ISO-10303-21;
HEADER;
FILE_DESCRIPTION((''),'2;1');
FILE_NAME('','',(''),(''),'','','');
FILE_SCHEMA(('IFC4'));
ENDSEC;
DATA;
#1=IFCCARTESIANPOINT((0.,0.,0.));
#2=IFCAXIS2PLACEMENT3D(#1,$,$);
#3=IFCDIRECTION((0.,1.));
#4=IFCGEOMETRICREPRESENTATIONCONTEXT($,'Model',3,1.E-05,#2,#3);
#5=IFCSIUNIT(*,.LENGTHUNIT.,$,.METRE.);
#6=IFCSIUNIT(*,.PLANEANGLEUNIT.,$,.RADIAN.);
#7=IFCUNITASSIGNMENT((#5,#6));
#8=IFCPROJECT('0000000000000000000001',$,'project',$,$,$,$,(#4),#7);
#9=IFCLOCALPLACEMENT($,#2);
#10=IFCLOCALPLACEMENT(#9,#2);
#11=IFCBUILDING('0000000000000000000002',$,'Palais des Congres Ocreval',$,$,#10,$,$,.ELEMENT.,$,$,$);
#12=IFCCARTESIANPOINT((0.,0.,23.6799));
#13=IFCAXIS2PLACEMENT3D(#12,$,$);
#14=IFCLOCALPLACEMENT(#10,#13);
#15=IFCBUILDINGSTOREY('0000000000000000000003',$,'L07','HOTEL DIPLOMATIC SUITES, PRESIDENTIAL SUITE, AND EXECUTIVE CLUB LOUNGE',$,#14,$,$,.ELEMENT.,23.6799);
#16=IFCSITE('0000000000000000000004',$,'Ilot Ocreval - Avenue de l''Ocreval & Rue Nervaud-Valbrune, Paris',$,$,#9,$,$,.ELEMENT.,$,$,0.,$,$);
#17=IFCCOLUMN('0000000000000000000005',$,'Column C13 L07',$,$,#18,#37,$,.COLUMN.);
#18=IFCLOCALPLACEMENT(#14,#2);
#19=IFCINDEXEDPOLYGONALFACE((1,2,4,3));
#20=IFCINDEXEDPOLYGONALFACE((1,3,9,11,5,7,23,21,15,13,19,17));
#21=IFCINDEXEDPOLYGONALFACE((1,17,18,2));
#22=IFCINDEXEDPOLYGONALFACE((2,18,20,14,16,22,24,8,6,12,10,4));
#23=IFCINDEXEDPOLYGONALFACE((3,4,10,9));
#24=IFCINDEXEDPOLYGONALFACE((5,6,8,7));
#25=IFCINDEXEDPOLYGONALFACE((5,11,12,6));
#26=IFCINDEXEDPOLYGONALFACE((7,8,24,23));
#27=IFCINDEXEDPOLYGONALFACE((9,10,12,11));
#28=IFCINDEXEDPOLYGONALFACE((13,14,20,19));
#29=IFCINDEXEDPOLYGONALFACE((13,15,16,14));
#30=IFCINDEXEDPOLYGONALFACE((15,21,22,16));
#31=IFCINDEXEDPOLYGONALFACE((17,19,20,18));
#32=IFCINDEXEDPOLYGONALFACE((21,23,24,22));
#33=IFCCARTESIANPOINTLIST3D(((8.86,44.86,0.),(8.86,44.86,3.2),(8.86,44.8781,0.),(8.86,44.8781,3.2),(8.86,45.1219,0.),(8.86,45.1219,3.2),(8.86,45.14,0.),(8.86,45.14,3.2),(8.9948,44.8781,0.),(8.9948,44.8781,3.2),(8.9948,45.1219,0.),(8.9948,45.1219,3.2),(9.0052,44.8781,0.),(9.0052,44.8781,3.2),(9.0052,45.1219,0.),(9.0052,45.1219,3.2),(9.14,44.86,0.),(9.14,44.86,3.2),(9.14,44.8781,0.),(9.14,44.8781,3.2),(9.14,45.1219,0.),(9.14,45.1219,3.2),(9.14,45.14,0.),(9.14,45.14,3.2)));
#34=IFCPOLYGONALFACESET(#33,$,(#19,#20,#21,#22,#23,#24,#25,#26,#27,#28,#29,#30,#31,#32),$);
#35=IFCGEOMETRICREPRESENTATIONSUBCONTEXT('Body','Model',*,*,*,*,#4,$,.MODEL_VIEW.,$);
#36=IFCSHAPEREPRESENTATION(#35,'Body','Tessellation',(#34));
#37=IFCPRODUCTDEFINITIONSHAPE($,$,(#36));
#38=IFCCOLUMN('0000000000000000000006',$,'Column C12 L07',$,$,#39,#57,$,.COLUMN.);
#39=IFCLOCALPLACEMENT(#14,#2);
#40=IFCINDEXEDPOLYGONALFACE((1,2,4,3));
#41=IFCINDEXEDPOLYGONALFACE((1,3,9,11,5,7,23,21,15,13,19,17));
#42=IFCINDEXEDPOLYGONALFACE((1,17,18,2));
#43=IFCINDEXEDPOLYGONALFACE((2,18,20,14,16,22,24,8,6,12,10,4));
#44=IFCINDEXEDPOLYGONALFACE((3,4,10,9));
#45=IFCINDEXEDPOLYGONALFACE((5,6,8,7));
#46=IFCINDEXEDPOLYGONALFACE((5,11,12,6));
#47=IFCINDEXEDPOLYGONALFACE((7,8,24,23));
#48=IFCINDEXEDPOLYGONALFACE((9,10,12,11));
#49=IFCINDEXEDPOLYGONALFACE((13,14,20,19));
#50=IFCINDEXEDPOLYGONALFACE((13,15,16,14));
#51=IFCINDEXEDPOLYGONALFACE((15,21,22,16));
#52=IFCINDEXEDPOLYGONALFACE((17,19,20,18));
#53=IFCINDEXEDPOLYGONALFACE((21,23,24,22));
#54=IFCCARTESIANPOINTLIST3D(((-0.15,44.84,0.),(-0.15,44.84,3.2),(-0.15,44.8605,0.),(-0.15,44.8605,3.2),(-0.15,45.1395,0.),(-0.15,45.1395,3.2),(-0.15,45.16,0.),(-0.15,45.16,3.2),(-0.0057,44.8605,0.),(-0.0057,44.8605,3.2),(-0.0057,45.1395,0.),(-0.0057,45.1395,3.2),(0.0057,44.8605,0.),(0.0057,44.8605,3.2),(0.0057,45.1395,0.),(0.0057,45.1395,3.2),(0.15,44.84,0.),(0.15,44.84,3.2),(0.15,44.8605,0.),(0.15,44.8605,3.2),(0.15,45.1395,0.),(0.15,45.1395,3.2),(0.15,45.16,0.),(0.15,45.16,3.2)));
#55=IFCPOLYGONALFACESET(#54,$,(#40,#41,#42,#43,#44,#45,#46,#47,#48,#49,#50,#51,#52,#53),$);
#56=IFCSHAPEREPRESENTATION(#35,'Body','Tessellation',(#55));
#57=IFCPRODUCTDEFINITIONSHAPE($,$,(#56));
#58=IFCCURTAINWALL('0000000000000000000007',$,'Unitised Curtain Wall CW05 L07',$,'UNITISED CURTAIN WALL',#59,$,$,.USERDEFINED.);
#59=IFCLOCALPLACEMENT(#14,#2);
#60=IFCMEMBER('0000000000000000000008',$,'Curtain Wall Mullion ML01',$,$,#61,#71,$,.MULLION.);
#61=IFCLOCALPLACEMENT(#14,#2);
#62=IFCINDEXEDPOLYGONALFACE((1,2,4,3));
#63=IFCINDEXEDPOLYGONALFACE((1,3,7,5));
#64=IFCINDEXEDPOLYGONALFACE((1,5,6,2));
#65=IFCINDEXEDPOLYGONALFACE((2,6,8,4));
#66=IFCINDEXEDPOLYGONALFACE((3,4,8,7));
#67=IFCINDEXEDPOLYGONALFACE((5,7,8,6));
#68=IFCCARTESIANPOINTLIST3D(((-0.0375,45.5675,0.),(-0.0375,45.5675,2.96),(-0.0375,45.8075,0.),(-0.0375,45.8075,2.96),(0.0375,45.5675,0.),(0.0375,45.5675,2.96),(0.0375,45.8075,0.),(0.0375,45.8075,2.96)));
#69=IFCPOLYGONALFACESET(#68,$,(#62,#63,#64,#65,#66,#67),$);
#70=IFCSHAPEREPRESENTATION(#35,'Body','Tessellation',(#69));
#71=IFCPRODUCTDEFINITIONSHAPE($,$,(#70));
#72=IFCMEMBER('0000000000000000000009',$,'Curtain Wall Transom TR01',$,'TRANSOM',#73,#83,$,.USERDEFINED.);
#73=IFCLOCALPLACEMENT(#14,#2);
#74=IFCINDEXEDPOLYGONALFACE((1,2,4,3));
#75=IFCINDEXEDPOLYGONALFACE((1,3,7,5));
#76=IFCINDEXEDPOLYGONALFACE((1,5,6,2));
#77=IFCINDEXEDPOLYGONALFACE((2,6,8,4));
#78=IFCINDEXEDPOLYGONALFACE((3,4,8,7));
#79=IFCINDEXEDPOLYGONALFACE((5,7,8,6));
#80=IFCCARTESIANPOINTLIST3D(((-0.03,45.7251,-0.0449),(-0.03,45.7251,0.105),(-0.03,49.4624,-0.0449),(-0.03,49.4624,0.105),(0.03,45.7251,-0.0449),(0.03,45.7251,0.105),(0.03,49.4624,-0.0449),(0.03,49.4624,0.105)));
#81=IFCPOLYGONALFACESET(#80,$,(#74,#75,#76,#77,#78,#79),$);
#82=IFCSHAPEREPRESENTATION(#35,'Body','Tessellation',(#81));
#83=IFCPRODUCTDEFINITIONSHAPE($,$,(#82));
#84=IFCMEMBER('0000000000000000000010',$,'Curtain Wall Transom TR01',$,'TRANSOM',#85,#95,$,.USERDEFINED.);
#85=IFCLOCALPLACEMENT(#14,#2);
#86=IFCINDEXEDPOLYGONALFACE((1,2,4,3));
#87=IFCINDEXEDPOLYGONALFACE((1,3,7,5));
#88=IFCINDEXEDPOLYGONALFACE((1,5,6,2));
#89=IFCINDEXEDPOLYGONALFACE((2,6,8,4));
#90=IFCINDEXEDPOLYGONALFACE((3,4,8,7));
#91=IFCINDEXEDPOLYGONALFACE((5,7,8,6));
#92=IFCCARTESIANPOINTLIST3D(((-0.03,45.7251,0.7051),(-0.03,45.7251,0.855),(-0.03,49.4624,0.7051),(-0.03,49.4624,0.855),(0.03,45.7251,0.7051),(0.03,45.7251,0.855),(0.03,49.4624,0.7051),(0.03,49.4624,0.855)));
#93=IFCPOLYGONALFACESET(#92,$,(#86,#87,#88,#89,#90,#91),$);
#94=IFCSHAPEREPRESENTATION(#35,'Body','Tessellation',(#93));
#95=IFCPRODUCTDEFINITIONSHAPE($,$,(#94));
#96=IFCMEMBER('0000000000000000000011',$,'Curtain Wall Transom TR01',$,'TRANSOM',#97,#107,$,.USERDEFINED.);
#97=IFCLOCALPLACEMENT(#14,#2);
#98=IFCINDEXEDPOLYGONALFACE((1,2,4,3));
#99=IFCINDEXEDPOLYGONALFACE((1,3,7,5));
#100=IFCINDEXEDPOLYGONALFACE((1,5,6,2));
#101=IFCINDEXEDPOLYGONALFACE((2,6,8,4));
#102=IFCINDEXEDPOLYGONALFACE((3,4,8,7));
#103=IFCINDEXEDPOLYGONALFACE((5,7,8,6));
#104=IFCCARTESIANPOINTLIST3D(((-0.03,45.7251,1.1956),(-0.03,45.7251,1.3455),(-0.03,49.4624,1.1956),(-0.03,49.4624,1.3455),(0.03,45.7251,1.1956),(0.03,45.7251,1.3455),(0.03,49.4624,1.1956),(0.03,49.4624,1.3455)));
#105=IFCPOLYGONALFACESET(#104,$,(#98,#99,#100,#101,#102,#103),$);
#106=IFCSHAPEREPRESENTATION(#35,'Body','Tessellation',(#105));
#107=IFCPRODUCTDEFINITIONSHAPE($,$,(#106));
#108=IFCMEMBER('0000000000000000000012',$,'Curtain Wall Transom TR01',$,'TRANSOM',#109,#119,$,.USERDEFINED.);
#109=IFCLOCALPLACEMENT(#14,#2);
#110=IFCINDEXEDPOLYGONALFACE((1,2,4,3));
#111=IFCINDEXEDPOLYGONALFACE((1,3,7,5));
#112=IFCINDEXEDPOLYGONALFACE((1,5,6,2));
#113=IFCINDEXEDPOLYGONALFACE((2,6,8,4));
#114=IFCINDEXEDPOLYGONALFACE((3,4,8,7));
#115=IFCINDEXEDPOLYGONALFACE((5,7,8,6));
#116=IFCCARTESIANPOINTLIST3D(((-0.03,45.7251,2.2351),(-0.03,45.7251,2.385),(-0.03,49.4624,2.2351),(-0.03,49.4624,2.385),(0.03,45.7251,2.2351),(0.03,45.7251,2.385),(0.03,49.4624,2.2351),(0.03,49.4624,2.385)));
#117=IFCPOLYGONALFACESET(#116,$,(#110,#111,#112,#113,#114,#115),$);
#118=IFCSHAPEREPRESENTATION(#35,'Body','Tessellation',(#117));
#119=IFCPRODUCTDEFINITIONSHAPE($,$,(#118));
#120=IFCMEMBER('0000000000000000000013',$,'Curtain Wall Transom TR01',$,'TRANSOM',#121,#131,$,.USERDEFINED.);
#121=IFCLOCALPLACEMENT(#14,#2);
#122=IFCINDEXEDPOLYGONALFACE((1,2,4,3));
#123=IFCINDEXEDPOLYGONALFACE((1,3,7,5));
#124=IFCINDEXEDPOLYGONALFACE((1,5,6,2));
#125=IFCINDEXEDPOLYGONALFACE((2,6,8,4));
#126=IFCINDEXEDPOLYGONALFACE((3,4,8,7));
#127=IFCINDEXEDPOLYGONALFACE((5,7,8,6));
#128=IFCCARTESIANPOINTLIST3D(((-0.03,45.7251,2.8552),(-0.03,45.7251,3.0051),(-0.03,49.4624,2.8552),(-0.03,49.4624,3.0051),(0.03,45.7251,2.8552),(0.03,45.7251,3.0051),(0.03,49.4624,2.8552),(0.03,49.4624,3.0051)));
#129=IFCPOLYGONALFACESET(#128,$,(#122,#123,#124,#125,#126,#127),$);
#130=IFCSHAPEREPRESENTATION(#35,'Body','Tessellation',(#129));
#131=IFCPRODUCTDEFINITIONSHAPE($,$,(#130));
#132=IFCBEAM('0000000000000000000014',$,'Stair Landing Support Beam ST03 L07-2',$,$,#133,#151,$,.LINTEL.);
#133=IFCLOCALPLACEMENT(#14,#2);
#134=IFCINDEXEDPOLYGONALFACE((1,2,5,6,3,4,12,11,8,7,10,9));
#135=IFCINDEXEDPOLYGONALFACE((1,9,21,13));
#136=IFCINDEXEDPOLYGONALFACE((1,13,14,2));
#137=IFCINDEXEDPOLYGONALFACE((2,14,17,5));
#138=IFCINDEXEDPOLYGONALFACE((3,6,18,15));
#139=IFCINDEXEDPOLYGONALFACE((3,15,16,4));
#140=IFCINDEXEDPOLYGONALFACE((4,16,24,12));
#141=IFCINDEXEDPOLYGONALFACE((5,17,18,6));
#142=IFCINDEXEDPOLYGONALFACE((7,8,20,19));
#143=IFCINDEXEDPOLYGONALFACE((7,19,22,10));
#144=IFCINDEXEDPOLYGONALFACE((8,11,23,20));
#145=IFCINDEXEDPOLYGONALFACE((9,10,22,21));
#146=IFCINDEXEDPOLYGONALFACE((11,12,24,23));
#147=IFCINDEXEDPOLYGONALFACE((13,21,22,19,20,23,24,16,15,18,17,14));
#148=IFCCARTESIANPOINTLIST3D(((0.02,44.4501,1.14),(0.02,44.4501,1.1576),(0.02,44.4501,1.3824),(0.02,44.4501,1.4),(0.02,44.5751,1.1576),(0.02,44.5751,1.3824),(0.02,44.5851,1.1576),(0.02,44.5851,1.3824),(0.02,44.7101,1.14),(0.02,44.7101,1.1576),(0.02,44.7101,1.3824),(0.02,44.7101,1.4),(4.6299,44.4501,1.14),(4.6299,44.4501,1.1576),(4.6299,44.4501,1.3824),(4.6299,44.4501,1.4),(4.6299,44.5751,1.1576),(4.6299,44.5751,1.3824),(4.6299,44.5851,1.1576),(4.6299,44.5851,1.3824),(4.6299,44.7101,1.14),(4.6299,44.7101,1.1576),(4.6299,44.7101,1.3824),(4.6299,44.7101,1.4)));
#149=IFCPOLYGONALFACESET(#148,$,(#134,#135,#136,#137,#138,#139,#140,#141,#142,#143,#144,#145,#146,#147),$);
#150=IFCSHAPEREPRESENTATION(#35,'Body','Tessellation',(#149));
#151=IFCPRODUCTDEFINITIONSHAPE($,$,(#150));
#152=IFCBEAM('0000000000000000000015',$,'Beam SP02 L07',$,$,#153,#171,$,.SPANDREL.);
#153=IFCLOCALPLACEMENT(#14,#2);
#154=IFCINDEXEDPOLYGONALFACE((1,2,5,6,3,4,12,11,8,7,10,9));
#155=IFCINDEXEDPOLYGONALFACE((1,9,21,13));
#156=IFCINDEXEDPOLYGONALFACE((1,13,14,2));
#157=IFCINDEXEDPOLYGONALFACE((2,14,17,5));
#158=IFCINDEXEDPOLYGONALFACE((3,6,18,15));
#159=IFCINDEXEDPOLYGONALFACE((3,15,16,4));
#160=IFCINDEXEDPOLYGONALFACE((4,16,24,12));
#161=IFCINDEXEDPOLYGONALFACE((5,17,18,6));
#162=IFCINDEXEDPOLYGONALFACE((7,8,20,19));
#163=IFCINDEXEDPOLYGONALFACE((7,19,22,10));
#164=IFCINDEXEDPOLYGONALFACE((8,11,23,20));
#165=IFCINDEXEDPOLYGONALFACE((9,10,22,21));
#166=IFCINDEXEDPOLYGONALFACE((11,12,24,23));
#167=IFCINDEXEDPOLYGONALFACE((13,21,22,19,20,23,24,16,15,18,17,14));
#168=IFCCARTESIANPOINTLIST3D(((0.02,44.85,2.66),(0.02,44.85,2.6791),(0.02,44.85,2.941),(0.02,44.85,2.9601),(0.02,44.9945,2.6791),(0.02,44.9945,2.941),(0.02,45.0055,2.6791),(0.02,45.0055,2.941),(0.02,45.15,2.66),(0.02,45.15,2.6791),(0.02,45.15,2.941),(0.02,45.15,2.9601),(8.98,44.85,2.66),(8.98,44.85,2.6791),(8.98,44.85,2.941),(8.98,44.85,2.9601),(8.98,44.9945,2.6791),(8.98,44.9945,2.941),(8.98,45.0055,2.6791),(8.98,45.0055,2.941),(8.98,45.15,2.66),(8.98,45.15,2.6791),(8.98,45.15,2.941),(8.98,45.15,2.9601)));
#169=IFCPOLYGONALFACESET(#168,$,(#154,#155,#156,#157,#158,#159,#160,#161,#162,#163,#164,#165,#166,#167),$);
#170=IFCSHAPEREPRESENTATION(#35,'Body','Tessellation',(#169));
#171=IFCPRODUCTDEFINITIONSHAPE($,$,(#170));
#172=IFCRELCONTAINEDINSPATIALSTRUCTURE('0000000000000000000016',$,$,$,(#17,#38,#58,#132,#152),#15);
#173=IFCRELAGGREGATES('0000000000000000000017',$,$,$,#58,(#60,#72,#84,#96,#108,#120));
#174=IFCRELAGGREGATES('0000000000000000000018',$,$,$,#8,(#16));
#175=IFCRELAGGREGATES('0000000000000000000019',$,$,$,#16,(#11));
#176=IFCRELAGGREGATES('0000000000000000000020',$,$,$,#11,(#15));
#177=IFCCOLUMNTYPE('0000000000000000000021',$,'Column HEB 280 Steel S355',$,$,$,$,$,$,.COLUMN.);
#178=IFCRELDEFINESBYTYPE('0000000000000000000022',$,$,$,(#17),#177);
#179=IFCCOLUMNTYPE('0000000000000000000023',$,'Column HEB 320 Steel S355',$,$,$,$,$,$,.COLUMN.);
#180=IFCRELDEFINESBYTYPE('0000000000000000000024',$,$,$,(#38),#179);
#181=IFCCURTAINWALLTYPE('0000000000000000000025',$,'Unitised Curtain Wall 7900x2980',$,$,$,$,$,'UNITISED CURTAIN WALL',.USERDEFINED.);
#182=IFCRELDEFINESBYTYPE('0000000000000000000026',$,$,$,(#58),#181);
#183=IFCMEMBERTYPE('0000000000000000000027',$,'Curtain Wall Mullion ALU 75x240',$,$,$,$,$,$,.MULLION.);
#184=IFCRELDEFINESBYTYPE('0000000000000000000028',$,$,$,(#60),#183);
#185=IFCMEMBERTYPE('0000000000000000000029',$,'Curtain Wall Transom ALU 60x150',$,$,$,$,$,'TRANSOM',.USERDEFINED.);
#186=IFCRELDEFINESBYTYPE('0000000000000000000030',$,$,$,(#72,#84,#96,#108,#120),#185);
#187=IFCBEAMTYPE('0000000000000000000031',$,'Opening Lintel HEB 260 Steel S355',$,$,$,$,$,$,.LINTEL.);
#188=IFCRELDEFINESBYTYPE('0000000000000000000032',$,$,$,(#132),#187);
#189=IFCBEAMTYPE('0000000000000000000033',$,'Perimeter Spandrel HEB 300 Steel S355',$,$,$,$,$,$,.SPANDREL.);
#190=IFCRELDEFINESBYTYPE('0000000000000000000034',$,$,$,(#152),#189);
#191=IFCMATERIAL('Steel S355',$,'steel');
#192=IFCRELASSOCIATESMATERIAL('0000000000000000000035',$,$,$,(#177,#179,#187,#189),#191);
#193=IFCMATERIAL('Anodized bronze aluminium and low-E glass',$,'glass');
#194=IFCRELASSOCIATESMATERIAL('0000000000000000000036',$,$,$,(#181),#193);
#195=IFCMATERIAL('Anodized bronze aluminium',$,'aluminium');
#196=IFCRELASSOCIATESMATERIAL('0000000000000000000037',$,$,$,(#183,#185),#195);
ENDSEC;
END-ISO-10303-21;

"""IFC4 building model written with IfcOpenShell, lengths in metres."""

from ifc_helpers import new_model, si_unit, direction, frame, origin, origin_2d, place, context, subcontext, project, spatial, rectangle, i_section, extrude, material, material_profile, profile_set, type_object, element, aggregate, save


model = new_model("IFC4")

# Units and contexts
model_context = context("Model", 3, precision=1e-05, world=origin(), true_north=direction((0.0, 1.0)))
body_context = subcontext(model_context, "Body", "Model", "MODEL_VIEW")
ifc_project = project(units=[si_unit("LENGTHUNIT", "METRE"), si_unit("PLANEANGLEUNIT", "RADIAN")], contexts=[model_context])

# Site, building, storey
site_placement = place(None, origin())
site = spatial("IfcSite", under=ifc_project, at=site_placement, Name="Ilot Ocreval - Avenue de l'Ocreval & Rue Nervaud-Valbrune, Paris", CompositionType="ELEMENT", RefElevation=0.0)
building_placement = place(site_placement, origin())
building = spatial("IfcBuilding", under=site, at=building_placement, Name="Palais des Congres Ocreval", CompositionType="ELEMENT")
storey_placement = place(building_placement, frame((0.0, 0.0, 23.6799)))
storey = spatial("IfcBuildingStorey", under=building, at=storey_placement, Name="L07", Description="HOTEL DIPLOMATIC SUITES, PRESIDENTIAL SUITE, AND EXECUTIVE CLUB LOUNGE", CompositionType="ELEMENT", Elevation=23.6799)

# Columns
ifc_material_1 = material(Name="Steel S355", Category="steel")
ifc_material_profile_1 = material_profile(ifc_material_1, i_section(OverallWidth=0.28, OverallDepth=0.28, WebThickness=0.0105, FlangeThickness=0.0181, at=origin_2d()), Name="HEB 280")
ifc_profile_set_1 = profile_set([ifc_material_profile_1], Name="Steel S355")
column_type_1 = type_object("IfcColumnType", Name="Column HEB 280 Steel S355", PredefinedType="COLUMN", material=ifc_profile_set_1)
column_1_placement = place(storey_placement, frame((9.0, 45.0, 0.0), z_axis=(0.0, 0.0, 1.0), x_axis=(1.0, 0.0, 0.0)))
element("IfcColumn", 1, at=column_1_placement, inside=storey, type_object=column_type_1, Name="Column C13 L07", PredefinedType="COLUMN", context=body_context, shape_type="SweptSolid", body=[
    extrude(i_section(OverallWidth=0.28, OverallDepth=0.28, WebThickness=0.0105, FlangeThickness=0.0181, at=origin_2d()), origin(), (0.0, 0.0, 1.0), 3.2),
])
ifc_material_profile_2 = material_profile(ifc_material_1, i_section(OverallWidth=0.3, OverallDepth=0.3201, WebThickness=0.0115, FlangeThickness=0.0205, at=origin_2d()), Name="HEB 320")
ifc_profile_set_2 = profile_set([ifc_material_profile_2], Name="Steel S355")
column_type_2 = type_object("IfcColumnType", Name="Column HEB 320 Steel S355", PredefinedType="COLUMN", material=ifc_profile_set_2)
column_2_placement = place(storey_placement, frame((0.0, 45.0, 0.0), z_axis=(0.0, 0.0, 1.0), x_axis=(1.0, 0.0, 0.0)))
element("IfcColumn", 2, at=column_2_placement, inside=storey, type_object=column_type_2, Name="Column C12 L07", PredefinedType="COLUMN", context=body_context, shape_type="SweptSolid", body=[
    extrude(i_section(OverallWidth=0.3, OverallDepth=0.3201, WebThickness=0.0115, FlangeThickness=0.0205, at=origin_2d()), origin(), (0.0, 0.0, 1.0), 3.2),
])

# Curtain wall, members
ifc_material_2 = material(Name="Anodized bronze aluminium and low-E glass", Category="glass")
curtain_wall_type = type_object("IfcCurtainWallType", Name="Unitised Curtain Wall 7900x2980", ElementType="UNITISED CURTAIN WALL", PredefinedType="USERDEFINED", material=ifc_material_2)
curtain_wall_placement = place(storey_placement, origin())
curtain_wall = element("IfcCurtainWall", 3, at=curtain_wall_placement, inside=storey, type_object=curtain_wall_type, Name="Unitised Curtain Wall CW05 L07", ObjectType="UNITISED CURTAIN WALL", PredefinedType="USERDEFINED")
ifc_material_3 = material(Name="Anodized bronze aluminium", Category="aluminium")
ifc_material_profile_3 = material_profile(ifc_material_3, rectangle(XDim=0.075, YDim=0.24, at=origin_2d()), Name="ALU 75x240")
ifc_profile_set_3 = profile_set([ifc_material_profile_3], Name="Anodized bronze aluminium")
member_type_1 = type_object("IfcMemberType", Name="Curtain Wall Mullion ALU 75x240", PredefinedType="MULLION", material=ifc_profile_set_3)
member_1_placement = place(storey_placement, frame((0.0, 45.6875, 0.0), z_axis=(0.0, 0.0, 1.0), x_axis=(-1.0, 0.0, 0.0)))
member_1 = element("IfcMember", 4, at=member_1_placement, type_object=member_type_1, Name="Curtain Wall Mullion ML01", PredefinedType="MULLION", context=body_context, shape_type="SweptSolid", body=[
    extrude(rectangle(XDim=0.075, YDim=0.24, at=origin_2d()), origin(), (0.0, 0.0, 1.0), 2.96),
])
ifc_material_profile_4 = material_profile(ifc_material_3, rectangle(XDim=0.0601, YDim=0.1499, at=origin_2d()), Name="ALU 60x150")
ifc_profile_set_4 = profile_set([ifc_material_profile_4], Name="Anodized bronze aluminium")
member_type_2 = type_object("IfcMemberType", Name="Curtain Wall Transom ALU 60x150", ElementType="TRANSOM", PredefinedType="USERDEFINED", material=ifc_profile_set_4)
member_2_placement = place(storey_placement, frame((0.0, 45.7251, 0.03), z_axis=(0.0, 1.0, 0.0), x_axis=(-1.0, 0.0, 0.0)))
member_2 = element("IfcMember", 5, at=member_2_placement, type_object=member_type_2, Name="Curtain Wall Transom TR01", ObjectType="TRANSOM", PredefinedType="USERDEFINED", context=body_context, shape_type="SweptSolid", body=[
    extrude(rectangle(XDim=0.0601, YDim=0.1499, at=origin_2d()), origin(), (0.0, 0.0, 1.0), 3.7373),
])
member_3_placement = place(storey_placement, frame((0.0, 45.7251, 0.78), z_axis=(0.0, 1.0, 0.0), x_axis=(-1.0, 0.0, 0.0)))
member_3 = element("IfcMember", 6, at=member_3_placement, type_object=member_type_2, Name="Curtain Wall Transom TR01", ObjectType="TRANSOM", PredefinedType="USERDEFINED", context=body_context, shape_type="SweptSolid", body=[
    extrude(rectangle(XDim=0.0601, YDim=0.1499, at=origin_2d()), origin(), (0.0, 0.0, 1.0), 3.7373),
])
member_4_placement = place(storey_placement, frame((0.0, 45.7251, 1.2705), z_axis=(0.0, 1.0, 0.0), x_axis=(-1.0, 0.0, 0.0)))
member_4 = element("IfcMember", 7, at=member_4_placement, type_object=member_type_2, Name="Curtain Wall Transom TR01", ObjectType="TRANSOM", PredefinedType="USERDEFINED", context=body_context, shape_type="SweptSolid", body=[
    extrude(rectangle(XDim=0.0601, YDim=0.1499, at=origin_2d()), origin(), (0.0, 0.0, 1.0), 3.7373),
])
member_5_placement = place(storey_placement, frame((0.0, 45.7251, 2.3101), z_axis=(0.0, 1.0, 0.0), x_axis=(-1.0, 0.0, 0.0)))
member_5 = element("IfcMember", 8, at=member_5_placement, type_object=member_type_2, Name="Curtain Wall Transom TR01", ObjectType="TRANSOM", PredefinedType="USERDEFINED", context=body_context, shape_type="SweptSolid", body=[
    extrude(rectangle(XDim=0.0601, YDim=0.1499, at=origin_2d()), origin(), (0.0, 0.0, 1.0), 3.7373),
])
member_6_placement = place(storey_placement, frame((0.0, 45.7251, 2.9302), z_axis=(0.0, 1.0, 0.0), x_axis=(-1.0, 0.0, 0.0)))
member_6 = element("IfcMember", 9, at=member_6_placement, type_object=member_type_2, Name="Curtain Wall Transom TR01", ObjectType="TRANSOM", PredefinedType="USERDEFINED", context=body_context, shape_type="SweptSolid", body=[
    extrude(rectangle(XDim=0.0601, YDim=0.1499, at=origin_2d()), origin(), (0.0, 0.0, 1.0), 3.7373),
])

# Beams
ifc_material_profile_5 = material_profile(ifc_material_1, i_section(OverallWidth=0.26, OverallDepth=0.26, WebThickness=0.01, FlangeThickness=0.0176, at=origin_2d()), Name="HEB 260")
ifc_profile_set_5 = profile_set([ifc_material_profile_5], Name="Steel S355")
beam_type_1 = type_object("IfcBeamType", Name="Opening Lintel HEB 260 Steel S355", PredefinedType="LINTEL", material=ifc_profile_set_5)
beam_1_placement = place(storey_placement, frame((0.02, 44.5801, 1.27), z_axis=(1.0, 0.0, 0.0), x_axis=(0.0, 1.0, 0.0)))
element("IfcBeam", 10, at=beam_1_placement, inside=storey, type_object=beam_type_1, Name="Stair Landing Support Beam ST03 L07-2", PredefinedType="LINTEL", context=body_context, shape_type="SweptSolid", body=[
    extrude(i_section(OverallWidth=0.26, OverallDepth=0.26, WebThickness=0.01, FlangeThickness=0.0176, at=origin_2d()), origin(), (0.0, 0.0, 1.0), 4.6099),
])
ifc_material_profile_6 = material_profile(ifc_material_1, i_section(OverallWidth=0.3, OverallDepth=0.3, WebThickness=0.011, FlangeThickness=0.019, at=origin_2d()), Name="HEB 300")
ifc_profile_set_6 = profile_set([ifc_material_profile_6], Name="Steel S355")
beam_type_2 = type_object("IfcBeamType", Name="Perimeter Spandrel HEB 300 Steel S355", PredefinedType="SPANDREL", material=ifc_profile_set_6)
beam_2_placement = place(storey_placement, frame((0.02, 45.0, 2.8101), z_axis=(1.0, 0.0, 0.0), x_axis=(0.0, 1.0, 0.0)))
element("IfcBeam", 11, at=beam_2_placement, inside=storey, type_object=beam_type_2, Name="Beam SP02 L07", PredefinedType="SPANDREL", context=body_context, shape_type="SweptSolid", body=[
    extrude(i_section(OverallWidth=0.3, OverallDepth=0.3, WebThickness=0.011, FlangeThickness=0.019, at=origin_2d()), origin(), (0.0, 0.0, 1.0), 8.96),
])

aggregate(curtain_wall, [member_1, member_2, member_3, member_4, member_5, member_6])

save(model, "model.ifc")
